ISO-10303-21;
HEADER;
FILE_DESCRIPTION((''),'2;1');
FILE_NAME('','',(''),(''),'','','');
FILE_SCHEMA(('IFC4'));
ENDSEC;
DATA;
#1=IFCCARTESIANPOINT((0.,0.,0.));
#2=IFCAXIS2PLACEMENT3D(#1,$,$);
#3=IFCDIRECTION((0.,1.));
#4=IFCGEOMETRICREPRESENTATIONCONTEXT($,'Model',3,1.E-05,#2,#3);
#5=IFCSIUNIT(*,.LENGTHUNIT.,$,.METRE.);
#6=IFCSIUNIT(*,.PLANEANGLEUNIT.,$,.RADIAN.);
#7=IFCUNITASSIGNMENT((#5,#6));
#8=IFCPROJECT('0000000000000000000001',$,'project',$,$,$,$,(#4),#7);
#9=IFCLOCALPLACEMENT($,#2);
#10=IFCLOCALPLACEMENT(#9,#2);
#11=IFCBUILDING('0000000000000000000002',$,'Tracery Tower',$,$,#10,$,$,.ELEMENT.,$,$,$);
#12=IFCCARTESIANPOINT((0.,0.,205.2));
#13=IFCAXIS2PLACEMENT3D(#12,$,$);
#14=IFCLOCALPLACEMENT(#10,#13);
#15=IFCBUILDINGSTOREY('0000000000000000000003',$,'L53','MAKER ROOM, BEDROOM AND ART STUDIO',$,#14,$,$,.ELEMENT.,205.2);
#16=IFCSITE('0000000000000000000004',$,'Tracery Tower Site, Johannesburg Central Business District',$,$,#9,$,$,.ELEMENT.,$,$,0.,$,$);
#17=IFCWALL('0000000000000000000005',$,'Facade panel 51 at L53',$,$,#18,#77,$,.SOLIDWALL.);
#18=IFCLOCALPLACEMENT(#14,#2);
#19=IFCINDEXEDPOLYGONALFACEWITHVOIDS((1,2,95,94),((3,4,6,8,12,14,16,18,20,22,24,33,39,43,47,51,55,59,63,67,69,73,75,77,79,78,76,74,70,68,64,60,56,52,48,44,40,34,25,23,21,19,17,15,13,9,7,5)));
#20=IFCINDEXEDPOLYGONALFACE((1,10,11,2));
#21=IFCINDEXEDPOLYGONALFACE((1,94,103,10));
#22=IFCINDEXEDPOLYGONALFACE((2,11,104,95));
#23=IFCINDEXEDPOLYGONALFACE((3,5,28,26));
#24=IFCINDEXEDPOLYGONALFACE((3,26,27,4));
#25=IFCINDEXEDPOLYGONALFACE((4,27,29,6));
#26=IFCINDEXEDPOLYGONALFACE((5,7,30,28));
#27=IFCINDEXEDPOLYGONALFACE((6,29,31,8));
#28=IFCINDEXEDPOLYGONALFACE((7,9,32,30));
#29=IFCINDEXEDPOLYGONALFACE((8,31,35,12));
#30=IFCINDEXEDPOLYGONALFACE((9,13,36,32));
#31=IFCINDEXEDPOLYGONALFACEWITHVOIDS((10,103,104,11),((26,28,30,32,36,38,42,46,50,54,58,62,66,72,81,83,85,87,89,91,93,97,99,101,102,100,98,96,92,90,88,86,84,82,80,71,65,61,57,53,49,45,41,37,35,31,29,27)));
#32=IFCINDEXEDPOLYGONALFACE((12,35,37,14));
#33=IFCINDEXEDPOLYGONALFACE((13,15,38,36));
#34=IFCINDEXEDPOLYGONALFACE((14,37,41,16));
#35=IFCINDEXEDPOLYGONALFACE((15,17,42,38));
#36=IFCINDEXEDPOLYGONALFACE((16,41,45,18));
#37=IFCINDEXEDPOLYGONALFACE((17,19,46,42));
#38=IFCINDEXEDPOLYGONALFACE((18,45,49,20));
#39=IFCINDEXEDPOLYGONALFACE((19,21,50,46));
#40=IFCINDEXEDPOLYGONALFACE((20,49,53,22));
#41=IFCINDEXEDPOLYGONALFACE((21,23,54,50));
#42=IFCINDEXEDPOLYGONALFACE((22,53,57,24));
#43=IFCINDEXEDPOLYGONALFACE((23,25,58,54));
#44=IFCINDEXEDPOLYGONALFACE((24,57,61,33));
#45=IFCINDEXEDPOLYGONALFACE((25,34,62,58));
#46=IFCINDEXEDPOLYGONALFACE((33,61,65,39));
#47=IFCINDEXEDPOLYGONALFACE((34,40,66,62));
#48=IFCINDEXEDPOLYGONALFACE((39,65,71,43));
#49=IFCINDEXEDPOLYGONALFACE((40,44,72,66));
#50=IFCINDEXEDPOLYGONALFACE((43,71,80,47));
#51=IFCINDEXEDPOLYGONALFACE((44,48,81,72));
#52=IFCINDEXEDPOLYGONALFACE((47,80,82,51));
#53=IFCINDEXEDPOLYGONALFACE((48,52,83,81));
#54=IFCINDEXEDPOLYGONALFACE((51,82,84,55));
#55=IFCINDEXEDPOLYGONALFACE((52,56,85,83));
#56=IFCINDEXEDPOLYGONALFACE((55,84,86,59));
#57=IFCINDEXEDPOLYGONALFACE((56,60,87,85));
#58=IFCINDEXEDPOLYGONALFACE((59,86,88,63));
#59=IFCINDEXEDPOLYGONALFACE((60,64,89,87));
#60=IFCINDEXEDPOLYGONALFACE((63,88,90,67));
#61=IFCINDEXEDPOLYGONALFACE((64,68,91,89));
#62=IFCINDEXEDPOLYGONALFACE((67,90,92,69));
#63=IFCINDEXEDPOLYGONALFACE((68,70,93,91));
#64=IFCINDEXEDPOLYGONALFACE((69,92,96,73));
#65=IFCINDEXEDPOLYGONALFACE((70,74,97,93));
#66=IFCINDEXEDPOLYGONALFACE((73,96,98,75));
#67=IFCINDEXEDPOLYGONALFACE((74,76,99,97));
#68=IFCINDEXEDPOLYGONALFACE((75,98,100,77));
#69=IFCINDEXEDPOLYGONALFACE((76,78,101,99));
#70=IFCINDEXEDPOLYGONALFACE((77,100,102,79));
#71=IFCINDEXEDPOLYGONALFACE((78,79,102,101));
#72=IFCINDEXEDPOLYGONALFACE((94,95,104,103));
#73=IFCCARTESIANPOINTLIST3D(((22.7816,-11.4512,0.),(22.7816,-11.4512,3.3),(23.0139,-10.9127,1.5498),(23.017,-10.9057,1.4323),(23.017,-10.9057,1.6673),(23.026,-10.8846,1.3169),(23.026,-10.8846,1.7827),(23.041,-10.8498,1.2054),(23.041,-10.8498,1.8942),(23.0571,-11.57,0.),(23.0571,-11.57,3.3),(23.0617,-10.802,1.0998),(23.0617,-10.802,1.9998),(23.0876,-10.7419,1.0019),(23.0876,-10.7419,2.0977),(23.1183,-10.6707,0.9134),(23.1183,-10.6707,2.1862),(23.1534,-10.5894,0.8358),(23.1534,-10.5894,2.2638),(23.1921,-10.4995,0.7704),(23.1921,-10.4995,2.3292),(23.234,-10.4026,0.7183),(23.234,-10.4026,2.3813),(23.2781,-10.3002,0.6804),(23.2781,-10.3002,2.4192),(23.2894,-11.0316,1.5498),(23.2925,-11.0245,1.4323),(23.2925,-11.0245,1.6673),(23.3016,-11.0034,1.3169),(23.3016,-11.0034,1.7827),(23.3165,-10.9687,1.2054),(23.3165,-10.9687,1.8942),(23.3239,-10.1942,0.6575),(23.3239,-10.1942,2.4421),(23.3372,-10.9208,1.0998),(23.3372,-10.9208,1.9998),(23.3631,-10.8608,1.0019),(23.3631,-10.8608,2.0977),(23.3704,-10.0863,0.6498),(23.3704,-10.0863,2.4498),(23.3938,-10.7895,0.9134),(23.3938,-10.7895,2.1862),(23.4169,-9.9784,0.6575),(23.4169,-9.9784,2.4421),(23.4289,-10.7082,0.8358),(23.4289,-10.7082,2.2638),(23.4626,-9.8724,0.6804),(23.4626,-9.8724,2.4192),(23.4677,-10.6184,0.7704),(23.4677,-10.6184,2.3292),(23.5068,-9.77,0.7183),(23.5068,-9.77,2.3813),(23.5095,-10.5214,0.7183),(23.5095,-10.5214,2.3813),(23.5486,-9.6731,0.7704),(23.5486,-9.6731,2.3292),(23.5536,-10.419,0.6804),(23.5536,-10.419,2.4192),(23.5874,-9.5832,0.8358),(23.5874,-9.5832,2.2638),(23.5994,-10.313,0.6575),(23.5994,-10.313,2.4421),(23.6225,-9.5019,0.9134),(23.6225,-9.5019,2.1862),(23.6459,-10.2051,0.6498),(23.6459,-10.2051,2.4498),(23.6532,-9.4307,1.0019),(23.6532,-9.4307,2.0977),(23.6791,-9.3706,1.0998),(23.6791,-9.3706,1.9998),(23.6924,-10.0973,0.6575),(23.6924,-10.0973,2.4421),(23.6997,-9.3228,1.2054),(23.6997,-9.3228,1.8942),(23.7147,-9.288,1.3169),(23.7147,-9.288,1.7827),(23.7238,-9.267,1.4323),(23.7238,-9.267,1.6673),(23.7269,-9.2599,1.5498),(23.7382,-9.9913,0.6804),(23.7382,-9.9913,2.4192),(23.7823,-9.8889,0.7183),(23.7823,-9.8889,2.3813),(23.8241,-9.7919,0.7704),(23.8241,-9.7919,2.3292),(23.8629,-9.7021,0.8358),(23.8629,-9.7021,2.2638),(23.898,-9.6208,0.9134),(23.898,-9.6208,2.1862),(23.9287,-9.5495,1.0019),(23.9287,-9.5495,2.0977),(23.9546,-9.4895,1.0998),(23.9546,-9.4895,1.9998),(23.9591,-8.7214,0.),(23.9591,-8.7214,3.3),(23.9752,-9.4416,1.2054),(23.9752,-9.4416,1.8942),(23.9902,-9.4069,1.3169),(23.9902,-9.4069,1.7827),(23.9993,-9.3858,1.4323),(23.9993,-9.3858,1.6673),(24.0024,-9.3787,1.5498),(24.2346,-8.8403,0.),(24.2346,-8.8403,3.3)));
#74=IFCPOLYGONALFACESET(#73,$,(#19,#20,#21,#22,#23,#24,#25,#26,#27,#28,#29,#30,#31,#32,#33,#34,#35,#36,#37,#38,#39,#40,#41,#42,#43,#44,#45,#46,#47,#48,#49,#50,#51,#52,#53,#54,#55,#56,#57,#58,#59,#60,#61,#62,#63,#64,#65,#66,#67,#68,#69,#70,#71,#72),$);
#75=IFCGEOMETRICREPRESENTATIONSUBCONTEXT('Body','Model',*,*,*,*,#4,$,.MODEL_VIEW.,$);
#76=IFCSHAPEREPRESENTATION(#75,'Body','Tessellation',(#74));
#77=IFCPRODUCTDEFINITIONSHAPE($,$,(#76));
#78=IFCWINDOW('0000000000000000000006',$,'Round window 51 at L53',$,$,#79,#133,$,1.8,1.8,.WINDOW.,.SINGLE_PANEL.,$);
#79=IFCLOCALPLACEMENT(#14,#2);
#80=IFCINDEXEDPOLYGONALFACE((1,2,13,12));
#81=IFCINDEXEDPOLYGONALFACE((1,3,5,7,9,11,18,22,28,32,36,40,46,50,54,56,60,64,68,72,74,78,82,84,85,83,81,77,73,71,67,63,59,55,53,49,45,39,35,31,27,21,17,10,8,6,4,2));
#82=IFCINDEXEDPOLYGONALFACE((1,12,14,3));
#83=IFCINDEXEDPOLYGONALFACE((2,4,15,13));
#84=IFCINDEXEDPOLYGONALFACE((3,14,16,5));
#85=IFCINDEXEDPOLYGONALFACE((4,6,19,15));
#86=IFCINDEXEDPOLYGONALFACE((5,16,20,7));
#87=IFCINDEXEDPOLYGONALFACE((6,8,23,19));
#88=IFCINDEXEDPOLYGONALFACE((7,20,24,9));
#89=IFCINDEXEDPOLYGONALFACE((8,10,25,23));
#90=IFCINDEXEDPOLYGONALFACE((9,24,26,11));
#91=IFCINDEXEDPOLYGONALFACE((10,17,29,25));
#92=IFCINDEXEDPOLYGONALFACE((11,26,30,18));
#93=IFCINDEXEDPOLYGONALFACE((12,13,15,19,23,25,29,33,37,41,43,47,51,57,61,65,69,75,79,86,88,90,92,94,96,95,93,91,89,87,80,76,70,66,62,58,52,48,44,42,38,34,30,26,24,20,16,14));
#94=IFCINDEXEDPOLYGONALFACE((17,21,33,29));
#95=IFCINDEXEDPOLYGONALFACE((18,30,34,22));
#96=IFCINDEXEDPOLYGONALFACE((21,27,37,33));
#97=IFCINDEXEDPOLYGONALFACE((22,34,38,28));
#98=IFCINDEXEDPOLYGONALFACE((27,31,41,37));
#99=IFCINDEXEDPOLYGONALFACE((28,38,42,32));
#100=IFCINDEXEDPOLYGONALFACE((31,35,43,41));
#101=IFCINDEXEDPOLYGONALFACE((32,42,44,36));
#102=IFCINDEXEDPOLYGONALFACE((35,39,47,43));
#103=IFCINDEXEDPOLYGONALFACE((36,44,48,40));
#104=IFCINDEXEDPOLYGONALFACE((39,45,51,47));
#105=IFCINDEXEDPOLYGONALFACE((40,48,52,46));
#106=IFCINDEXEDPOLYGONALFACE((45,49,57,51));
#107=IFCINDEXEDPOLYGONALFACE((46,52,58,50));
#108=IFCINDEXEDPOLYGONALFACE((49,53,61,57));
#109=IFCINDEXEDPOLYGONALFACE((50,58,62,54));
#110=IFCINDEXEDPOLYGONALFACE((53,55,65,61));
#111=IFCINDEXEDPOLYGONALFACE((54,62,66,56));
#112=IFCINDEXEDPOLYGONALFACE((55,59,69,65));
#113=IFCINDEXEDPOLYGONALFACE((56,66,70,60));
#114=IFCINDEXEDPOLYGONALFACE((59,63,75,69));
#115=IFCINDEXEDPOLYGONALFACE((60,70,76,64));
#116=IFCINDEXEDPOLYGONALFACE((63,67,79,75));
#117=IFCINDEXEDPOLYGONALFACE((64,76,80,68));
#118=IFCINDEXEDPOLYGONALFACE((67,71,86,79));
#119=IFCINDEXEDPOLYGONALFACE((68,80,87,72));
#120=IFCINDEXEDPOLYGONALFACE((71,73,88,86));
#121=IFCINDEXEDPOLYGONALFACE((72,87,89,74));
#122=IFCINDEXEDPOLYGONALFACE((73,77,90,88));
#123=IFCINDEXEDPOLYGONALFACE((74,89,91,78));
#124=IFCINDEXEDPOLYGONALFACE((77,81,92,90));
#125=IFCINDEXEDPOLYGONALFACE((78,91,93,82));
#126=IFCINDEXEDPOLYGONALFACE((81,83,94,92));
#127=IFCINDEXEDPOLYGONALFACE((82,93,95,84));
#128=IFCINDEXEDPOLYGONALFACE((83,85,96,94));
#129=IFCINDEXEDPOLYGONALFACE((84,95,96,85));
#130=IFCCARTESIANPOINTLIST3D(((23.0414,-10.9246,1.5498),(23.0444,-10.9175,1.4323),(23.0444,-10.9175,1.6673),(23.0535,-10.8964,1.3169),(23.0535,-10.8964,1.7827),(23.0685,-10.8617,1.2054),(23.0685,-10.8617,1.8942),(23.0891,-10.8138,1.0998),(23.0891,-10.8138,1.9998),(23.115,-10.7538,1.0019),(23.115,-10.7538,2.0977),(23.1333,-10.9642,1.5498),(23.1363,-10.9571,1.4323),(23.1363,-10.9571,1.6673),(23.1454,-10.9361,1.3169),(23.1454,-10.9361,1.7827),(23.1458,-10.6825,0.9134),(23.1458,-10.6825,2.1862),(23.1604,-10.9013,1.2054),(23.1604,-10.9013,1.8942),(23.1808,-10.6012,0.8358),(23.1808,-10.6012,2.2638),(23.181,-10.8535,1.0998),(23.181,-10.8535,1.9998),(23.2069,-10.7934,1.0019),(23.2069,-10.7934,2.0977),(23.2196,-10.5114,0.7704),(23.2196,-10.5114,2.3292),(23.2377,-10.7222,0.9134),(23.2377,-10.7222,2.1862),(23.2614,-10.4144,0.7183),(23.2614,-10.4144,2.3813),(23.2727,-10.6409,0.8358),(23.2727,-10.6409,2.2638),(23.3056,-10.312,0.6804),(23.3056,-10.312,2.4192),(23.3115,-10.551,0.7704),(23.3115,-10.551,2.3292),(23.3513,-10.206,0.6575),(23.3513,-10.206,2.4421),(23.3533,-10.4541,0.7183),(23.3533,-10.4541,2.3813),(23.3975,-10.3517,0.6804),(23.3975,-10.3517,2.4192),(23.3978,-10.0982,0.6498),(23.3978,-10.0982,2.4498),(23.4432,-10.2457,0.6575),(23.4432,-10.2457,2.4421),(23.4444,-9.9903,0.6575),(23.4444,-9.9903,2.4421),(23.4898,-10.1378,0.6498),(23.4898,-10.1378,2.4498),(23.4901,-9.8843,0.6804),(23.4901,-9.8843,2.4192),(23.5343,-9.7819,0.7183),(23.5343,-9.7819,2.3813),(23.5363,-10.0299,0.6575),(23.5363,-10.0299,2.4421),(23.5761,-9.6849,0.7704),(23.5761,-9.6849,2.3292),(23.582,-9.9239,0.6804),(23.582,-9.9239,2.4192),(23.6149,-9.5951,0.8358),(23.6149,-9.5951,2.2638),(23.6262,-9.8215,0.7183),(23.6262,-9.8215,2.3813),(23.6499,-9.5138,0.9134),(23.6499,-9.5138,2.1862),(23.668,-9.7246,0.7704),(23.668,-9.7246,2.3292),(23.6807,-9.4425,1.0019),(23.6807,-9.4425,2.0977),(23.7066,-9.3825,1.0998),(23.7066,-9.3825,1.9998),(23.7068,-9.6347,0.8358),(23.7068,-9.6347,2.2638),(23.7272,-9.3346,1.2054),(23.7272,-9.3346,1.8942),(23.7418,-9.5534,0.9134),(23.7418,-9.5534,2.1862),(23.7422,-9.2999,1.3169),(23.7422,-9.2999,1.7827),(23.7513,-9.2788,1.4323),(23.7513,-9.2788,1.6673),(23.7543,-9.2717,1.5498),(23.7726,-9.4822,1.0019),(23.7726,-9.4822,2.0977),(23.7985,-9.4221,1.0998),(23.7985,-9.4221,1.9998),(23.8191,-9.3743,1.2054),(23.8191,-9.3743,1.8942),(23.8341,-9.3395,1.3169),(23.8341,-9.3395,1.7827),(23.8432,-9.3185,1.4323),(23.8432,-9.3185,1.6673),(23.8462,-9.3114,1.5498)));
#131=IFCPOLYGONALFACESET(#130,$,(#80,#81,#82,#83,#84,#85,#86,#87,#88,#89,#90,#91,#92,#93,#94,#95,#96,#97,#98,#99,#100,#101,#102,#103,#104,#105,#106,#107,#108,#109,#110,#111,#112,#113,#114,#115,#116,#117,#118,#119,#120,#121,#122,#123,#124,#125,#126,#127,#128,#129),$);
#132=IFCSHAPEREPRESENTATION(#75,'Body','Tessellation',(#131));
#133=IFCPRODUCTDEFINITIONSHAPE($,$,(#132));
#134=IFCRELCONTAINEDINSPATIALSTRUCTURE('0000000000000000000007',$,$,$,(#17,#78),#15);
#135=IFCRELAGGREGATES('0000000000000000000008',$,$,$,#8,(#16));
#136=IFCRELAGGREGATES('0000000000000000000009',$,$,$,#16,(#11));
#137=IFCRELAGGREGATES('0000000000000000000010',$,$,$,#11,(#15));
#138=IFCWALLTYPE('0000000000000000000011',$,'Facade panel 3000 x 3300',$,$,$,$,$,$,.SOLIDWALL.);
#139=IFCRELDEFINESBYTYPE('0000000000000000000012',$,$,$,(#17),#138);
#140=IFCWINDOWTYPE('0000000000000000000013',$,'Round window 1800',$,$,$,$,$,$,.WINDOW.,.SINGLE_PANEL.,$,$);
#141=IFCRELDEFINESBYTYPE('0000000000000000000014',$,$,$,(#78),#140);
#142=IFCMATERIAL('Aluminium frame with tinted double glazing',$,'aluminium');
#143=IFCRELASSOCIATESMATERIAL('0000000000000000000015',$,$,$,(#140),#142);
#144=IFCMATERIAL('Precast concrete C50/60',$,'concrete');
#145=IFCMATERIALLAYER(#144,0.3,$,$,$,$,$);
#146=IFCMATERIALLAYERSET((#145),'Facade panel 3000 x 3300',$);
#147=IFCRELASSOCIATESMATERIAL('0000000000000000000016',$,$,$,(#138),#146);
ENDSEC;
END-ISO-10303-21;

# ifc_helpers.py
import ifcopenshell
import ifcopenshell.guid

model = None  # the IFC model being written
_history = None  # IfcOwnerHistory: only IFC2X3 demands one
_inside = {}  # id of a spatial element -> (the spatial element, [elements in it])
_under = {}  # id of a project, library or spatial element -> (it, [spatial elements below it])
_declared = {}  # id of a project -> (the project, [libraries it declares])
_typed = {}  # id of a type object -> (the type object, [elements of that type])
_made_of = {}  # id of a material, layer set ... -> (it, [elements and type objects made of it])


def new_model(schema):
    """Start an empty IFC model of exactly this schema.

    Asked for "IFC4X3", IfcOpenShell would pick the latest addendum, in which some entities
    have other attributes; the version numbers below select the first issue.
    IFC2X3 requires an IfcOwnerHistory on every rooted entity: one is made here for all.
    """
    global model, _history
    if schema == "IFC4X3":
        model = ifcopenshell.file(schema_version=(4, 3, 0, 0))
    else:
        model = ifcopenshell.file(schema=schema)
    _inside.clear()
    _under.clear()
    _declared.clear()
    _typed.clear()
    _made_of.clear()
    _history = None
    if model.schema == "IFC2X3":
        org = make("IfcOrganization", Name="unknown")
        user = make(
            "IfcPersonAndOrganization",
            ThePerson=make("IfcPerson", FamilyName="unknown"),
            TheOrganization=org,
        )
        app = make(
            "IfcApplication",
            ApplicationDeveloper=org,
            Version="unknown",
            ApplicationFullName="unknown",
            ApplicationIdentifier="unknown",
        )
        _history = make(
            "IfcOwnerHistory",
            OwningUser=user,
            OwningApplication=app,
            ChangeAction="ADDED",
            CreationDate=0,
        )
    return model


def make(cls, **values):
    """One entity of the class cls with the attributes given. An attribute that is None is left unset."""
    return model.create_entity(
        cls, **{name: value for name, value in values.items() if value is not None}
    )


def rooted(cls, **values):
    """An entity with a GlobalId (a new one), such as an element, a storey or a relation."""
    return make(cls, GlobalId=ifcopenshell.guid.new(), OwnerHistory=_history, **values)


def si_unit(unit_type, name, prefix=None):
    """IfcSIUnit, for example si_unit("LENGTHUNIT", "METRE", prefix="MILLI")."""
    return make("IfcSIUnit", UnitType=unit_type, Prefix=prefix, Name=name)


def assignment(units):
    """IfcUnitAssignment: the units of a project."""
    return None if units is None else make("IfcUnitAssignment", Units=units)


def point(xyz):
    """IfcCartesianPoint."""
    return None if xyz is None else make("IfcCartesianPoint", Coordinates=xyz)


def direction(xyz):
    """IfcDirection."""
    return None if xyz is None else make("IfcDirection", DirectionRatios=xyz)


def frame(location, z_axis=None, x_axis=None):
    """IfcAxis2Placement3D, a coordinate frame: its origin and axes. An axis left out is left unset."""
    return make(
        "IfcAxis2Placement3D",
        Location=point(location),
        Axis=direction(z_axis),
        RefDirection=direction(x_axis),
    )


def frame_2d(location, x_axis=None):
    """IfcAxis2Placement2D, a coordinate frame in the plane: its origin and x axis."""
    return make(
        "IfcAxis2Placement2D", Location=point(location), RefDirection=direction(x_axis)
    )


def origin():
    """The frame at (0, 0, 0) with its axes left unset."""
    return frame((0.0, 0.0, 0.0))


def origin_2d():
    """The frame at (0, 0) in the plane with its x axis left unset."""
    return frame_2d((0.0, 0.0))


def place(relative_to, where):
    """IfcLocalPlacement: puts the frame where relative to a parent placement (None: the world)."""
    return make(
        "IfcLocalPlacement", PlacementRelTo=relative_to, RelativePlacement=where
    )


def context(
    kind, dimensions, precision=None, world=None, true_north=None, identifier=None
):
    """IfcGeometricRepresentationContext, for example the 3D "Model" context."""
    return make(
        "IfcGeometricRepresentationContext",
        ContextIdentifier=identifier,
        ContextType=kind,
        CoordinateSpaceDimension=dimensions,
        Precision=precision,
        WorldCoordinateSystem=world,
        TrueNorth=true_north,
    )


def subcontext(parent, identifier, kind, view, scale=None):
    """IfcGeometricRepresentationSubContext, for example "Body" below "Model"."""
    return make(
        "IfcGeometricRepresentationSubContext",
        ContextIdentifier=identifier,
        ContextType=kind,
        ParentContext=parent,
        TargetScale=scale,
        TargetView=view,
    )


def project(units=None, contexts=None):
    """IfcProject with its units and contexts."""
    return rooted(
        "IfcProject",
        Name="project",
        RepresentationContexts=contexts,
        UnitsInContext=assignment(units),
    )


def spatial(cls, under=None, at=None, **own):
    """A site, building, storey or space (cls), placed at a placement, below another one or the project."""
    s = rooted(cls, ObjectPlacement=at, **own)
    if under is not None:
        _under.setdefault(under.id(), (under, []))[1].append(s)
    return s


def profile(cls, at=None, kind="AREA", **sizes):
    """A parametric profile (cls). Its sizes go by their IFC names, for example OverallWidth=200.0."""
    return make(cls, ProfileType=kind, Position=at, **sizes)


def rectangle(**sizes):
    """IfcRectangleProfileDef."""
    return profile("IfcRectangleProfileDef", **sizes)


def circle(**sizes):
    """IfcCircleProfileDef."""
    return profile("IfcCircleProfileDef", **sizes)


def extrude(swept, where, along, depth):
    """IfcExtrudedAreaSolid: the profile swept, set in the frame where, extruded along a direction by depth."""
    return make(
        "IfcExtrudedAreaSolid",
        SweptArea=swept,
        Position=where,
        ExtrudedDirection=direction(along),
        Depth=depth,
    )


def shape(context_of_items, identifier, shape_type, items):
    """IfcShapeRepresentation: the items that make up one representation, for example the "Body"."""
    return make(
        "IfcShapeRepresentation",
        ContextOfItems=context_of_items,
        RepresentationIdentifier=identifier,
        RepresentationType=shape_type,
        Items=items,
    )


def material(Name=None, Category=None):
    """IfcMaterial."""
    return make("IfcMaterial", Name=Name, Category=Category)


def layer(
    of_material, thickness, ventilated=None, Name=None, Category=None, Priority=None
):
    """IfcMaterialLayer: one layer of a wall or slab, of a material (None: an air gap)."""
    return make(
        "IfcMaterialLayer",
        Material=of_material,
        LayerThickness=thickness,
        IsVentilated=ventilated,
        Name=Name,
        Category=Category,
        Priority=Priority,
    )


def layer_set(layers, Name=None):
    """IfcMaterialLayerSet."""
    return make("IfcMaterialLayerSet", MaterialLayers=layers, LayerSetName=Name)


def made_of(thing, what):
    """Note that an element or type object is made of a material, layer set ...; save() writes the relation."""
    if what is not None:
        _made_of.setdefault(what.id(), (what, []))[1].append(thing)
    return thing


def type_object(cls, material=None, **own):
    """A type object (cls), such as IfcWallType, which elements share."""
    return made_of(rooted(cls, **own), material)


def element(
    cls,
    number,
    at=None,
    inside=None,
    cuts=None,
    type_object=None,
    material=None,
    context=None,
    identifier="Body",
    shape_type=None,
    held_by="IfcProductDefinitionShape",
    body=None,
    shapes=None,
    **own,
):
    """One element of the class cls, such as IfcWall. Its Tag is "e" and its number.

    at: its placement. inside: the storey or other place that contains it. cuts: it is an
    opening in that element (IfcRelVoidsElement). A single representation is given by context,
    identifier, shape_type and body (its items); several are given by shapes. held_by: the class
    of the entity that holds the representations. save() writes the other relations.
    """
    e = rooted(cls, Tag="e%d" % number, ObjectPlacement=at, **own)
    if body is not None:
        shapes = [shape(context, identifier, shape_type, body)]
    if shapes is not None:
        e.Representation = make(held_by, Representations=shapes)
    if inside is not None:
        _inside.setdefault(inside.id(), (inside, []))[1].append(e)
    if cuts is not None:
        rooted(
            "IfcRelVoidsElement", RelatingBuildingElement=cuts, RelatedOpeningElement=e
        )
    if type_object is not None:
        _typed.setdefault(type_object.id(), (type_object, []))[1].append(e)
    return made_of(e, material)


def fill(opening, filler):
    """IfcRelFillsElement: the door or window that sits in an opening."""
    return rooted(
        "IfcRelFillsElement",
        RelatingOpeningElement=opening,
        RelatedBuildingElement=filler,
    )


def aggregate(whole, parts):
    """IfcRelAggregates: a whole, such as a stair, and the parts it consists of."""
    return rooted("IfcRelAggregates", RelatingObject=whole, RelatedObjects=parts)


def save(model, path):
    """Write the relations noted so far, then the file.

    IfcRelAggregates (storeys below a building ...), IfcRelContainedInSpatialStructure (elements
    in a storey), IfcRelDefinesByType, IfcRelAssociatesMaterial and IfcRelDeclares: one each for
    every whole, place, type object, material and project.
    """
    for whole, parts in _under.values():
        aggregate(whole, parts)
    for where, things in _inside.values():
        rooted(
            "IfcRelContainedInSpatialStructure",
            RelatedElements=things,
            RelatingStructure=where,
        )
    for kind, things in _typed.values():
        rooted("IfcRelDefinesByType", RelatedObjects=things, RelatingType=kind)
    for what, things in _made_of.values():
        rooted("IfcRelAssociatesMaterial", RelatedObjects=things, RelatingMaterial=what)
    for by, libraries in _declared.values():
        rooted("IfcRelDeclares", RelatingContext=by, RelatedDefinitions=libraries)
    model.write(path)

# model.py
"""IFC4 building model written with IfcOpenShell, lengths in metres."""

from ifc_helpers import new_model, si_unit, direction, frame, frame_2d, origin, origin_2d, place, context, subcontext, project, spatial, rectangle, circle, extrude, material, layer, layer_set, type_object, element, fill, save


model = new_model("IFC4")

# Units and contexts
model_context = context("Model", 3, precision=1e-05, world=origin(), true_north=direction((0.0, 1.0)))
body_context = subcontext(model_context, "Body", "Model", "MODEL_VIEW")
ifc_project = project(units=[si_unit("LENGTHUNIT", "METRE"), si_unit("PLANEANGLEUNIT", "RADIAN")], contexts=[model_context])

# Site, building, storey
site_placement = place(None, origin())
site = spatial("IfcSite", under=ifc_project, at=site_placement, Name="Tracery Tower Site, Johannesburg Central Business District", CompositionType="ELEMENT", RefElevation=0.0)
building_placement = place(site_placement, origin())
building = spatial("IfcBuilding", under=site, at=building_placement, Name="Tracery Tower", CompositionType="ELEMENT")
storey_placement = place(building_placement, frame((0.0, 0.0, 205.2)))
storey = spatial("IfcBuildingStorey", under=building, at=storey_placement, Name="L53", Description="MAKER ROOM, BEDROOM AND ART STUDIO", CompositionType="ELEMENT", Elevation=205.2)

# Wall, opening, window
ifc_material_1 = material(Name="Aluminium frame with tinted double glazing", Category="aluminium")
window_type = type_object("IfcWindowType", Name="Round window 1800", PartitioningType="SINGLE_PANEL", PredefinedType="WINDOW", material=ifc_material_1)
ifc_material_2 = material(Name="Precast concrete C50/60", Category="concrete")
ifc_layer_1 = layer(ifc_material_2, 0.3)
ifc_layer_set_1 = layer_set([ifc_layer_1], Name="Facade panel 3000 x 3300")
wall_type_1 = type_object("IfcWallType", Name="Facade panel 3000 x 3300", PredefinedType="SOLIDWALL", material=ifc_layer_set_1)
wall_1_placement = place(storey_placement, frame((22.9194, -11.5105, 0.0), z_axis=(0.0, 0.0, 1.0), x_axis=(0.396079, 0.918216, 0.0)))
wall_1 = element("IfcWall", 1, at=wall_1_placement, inside=storey, type_object=wall_type_1, Name="Facade panel 51 at L53", PredefinedType="SOLIDWALL", context=body_context, shape_type="SweptSolid", body=[
    extrude(rectangle(XDim=2.9729, YDim=0.3, at=frame_2d((1.4863, 0.0))), origin(), (0.0, 0.0, 1.0), 3.3),
])
opening_1_placement = place(wall_1_placement, frame((1.4863, 0.0, 1.5498)))
opening_1 = element("IfcOpeningElement", 2, at=opening_1_placement, cuts=wall_1, PredefinedType="OPENING", context=body_context, shape_type="SweptSolid", body=[
    extrude(circle(Radius=0.9, at=origin_2d()), frame((0.0, 0.1599, 0.0), z_axis=(0.0, -1.0, 0.0), x_axis=(1.0, 0.0, 0.0)), (0.0, 0.0, 1.0), 0.3201),
])
window_1_placement = place(opening_1_placement, origin())
window_1 = element("IfcWindow", 3, at=window_1_placement, inside=storey, type_object=window_type, Name="Round window 51 at L53", OverallHeight=1.8, OverallWidth=1.8, PartitioningType="SINGLE_PANEL", PredefinedType="WINDOW", context=body_context, shape_type="SweptSolid", body=[
    extrude(circle(Radius=0.9, at=origin_2d()), frame((0.0, 0.1201, 0.0), z_axis=(0.0, -1.0, 0.0), x_axis=(1.0, 0.0, 0.0)), (0.0, 0.0, 1.0), 0.1001),
])
fill(opening_1, window_1)

save(model, "model.ifc")
